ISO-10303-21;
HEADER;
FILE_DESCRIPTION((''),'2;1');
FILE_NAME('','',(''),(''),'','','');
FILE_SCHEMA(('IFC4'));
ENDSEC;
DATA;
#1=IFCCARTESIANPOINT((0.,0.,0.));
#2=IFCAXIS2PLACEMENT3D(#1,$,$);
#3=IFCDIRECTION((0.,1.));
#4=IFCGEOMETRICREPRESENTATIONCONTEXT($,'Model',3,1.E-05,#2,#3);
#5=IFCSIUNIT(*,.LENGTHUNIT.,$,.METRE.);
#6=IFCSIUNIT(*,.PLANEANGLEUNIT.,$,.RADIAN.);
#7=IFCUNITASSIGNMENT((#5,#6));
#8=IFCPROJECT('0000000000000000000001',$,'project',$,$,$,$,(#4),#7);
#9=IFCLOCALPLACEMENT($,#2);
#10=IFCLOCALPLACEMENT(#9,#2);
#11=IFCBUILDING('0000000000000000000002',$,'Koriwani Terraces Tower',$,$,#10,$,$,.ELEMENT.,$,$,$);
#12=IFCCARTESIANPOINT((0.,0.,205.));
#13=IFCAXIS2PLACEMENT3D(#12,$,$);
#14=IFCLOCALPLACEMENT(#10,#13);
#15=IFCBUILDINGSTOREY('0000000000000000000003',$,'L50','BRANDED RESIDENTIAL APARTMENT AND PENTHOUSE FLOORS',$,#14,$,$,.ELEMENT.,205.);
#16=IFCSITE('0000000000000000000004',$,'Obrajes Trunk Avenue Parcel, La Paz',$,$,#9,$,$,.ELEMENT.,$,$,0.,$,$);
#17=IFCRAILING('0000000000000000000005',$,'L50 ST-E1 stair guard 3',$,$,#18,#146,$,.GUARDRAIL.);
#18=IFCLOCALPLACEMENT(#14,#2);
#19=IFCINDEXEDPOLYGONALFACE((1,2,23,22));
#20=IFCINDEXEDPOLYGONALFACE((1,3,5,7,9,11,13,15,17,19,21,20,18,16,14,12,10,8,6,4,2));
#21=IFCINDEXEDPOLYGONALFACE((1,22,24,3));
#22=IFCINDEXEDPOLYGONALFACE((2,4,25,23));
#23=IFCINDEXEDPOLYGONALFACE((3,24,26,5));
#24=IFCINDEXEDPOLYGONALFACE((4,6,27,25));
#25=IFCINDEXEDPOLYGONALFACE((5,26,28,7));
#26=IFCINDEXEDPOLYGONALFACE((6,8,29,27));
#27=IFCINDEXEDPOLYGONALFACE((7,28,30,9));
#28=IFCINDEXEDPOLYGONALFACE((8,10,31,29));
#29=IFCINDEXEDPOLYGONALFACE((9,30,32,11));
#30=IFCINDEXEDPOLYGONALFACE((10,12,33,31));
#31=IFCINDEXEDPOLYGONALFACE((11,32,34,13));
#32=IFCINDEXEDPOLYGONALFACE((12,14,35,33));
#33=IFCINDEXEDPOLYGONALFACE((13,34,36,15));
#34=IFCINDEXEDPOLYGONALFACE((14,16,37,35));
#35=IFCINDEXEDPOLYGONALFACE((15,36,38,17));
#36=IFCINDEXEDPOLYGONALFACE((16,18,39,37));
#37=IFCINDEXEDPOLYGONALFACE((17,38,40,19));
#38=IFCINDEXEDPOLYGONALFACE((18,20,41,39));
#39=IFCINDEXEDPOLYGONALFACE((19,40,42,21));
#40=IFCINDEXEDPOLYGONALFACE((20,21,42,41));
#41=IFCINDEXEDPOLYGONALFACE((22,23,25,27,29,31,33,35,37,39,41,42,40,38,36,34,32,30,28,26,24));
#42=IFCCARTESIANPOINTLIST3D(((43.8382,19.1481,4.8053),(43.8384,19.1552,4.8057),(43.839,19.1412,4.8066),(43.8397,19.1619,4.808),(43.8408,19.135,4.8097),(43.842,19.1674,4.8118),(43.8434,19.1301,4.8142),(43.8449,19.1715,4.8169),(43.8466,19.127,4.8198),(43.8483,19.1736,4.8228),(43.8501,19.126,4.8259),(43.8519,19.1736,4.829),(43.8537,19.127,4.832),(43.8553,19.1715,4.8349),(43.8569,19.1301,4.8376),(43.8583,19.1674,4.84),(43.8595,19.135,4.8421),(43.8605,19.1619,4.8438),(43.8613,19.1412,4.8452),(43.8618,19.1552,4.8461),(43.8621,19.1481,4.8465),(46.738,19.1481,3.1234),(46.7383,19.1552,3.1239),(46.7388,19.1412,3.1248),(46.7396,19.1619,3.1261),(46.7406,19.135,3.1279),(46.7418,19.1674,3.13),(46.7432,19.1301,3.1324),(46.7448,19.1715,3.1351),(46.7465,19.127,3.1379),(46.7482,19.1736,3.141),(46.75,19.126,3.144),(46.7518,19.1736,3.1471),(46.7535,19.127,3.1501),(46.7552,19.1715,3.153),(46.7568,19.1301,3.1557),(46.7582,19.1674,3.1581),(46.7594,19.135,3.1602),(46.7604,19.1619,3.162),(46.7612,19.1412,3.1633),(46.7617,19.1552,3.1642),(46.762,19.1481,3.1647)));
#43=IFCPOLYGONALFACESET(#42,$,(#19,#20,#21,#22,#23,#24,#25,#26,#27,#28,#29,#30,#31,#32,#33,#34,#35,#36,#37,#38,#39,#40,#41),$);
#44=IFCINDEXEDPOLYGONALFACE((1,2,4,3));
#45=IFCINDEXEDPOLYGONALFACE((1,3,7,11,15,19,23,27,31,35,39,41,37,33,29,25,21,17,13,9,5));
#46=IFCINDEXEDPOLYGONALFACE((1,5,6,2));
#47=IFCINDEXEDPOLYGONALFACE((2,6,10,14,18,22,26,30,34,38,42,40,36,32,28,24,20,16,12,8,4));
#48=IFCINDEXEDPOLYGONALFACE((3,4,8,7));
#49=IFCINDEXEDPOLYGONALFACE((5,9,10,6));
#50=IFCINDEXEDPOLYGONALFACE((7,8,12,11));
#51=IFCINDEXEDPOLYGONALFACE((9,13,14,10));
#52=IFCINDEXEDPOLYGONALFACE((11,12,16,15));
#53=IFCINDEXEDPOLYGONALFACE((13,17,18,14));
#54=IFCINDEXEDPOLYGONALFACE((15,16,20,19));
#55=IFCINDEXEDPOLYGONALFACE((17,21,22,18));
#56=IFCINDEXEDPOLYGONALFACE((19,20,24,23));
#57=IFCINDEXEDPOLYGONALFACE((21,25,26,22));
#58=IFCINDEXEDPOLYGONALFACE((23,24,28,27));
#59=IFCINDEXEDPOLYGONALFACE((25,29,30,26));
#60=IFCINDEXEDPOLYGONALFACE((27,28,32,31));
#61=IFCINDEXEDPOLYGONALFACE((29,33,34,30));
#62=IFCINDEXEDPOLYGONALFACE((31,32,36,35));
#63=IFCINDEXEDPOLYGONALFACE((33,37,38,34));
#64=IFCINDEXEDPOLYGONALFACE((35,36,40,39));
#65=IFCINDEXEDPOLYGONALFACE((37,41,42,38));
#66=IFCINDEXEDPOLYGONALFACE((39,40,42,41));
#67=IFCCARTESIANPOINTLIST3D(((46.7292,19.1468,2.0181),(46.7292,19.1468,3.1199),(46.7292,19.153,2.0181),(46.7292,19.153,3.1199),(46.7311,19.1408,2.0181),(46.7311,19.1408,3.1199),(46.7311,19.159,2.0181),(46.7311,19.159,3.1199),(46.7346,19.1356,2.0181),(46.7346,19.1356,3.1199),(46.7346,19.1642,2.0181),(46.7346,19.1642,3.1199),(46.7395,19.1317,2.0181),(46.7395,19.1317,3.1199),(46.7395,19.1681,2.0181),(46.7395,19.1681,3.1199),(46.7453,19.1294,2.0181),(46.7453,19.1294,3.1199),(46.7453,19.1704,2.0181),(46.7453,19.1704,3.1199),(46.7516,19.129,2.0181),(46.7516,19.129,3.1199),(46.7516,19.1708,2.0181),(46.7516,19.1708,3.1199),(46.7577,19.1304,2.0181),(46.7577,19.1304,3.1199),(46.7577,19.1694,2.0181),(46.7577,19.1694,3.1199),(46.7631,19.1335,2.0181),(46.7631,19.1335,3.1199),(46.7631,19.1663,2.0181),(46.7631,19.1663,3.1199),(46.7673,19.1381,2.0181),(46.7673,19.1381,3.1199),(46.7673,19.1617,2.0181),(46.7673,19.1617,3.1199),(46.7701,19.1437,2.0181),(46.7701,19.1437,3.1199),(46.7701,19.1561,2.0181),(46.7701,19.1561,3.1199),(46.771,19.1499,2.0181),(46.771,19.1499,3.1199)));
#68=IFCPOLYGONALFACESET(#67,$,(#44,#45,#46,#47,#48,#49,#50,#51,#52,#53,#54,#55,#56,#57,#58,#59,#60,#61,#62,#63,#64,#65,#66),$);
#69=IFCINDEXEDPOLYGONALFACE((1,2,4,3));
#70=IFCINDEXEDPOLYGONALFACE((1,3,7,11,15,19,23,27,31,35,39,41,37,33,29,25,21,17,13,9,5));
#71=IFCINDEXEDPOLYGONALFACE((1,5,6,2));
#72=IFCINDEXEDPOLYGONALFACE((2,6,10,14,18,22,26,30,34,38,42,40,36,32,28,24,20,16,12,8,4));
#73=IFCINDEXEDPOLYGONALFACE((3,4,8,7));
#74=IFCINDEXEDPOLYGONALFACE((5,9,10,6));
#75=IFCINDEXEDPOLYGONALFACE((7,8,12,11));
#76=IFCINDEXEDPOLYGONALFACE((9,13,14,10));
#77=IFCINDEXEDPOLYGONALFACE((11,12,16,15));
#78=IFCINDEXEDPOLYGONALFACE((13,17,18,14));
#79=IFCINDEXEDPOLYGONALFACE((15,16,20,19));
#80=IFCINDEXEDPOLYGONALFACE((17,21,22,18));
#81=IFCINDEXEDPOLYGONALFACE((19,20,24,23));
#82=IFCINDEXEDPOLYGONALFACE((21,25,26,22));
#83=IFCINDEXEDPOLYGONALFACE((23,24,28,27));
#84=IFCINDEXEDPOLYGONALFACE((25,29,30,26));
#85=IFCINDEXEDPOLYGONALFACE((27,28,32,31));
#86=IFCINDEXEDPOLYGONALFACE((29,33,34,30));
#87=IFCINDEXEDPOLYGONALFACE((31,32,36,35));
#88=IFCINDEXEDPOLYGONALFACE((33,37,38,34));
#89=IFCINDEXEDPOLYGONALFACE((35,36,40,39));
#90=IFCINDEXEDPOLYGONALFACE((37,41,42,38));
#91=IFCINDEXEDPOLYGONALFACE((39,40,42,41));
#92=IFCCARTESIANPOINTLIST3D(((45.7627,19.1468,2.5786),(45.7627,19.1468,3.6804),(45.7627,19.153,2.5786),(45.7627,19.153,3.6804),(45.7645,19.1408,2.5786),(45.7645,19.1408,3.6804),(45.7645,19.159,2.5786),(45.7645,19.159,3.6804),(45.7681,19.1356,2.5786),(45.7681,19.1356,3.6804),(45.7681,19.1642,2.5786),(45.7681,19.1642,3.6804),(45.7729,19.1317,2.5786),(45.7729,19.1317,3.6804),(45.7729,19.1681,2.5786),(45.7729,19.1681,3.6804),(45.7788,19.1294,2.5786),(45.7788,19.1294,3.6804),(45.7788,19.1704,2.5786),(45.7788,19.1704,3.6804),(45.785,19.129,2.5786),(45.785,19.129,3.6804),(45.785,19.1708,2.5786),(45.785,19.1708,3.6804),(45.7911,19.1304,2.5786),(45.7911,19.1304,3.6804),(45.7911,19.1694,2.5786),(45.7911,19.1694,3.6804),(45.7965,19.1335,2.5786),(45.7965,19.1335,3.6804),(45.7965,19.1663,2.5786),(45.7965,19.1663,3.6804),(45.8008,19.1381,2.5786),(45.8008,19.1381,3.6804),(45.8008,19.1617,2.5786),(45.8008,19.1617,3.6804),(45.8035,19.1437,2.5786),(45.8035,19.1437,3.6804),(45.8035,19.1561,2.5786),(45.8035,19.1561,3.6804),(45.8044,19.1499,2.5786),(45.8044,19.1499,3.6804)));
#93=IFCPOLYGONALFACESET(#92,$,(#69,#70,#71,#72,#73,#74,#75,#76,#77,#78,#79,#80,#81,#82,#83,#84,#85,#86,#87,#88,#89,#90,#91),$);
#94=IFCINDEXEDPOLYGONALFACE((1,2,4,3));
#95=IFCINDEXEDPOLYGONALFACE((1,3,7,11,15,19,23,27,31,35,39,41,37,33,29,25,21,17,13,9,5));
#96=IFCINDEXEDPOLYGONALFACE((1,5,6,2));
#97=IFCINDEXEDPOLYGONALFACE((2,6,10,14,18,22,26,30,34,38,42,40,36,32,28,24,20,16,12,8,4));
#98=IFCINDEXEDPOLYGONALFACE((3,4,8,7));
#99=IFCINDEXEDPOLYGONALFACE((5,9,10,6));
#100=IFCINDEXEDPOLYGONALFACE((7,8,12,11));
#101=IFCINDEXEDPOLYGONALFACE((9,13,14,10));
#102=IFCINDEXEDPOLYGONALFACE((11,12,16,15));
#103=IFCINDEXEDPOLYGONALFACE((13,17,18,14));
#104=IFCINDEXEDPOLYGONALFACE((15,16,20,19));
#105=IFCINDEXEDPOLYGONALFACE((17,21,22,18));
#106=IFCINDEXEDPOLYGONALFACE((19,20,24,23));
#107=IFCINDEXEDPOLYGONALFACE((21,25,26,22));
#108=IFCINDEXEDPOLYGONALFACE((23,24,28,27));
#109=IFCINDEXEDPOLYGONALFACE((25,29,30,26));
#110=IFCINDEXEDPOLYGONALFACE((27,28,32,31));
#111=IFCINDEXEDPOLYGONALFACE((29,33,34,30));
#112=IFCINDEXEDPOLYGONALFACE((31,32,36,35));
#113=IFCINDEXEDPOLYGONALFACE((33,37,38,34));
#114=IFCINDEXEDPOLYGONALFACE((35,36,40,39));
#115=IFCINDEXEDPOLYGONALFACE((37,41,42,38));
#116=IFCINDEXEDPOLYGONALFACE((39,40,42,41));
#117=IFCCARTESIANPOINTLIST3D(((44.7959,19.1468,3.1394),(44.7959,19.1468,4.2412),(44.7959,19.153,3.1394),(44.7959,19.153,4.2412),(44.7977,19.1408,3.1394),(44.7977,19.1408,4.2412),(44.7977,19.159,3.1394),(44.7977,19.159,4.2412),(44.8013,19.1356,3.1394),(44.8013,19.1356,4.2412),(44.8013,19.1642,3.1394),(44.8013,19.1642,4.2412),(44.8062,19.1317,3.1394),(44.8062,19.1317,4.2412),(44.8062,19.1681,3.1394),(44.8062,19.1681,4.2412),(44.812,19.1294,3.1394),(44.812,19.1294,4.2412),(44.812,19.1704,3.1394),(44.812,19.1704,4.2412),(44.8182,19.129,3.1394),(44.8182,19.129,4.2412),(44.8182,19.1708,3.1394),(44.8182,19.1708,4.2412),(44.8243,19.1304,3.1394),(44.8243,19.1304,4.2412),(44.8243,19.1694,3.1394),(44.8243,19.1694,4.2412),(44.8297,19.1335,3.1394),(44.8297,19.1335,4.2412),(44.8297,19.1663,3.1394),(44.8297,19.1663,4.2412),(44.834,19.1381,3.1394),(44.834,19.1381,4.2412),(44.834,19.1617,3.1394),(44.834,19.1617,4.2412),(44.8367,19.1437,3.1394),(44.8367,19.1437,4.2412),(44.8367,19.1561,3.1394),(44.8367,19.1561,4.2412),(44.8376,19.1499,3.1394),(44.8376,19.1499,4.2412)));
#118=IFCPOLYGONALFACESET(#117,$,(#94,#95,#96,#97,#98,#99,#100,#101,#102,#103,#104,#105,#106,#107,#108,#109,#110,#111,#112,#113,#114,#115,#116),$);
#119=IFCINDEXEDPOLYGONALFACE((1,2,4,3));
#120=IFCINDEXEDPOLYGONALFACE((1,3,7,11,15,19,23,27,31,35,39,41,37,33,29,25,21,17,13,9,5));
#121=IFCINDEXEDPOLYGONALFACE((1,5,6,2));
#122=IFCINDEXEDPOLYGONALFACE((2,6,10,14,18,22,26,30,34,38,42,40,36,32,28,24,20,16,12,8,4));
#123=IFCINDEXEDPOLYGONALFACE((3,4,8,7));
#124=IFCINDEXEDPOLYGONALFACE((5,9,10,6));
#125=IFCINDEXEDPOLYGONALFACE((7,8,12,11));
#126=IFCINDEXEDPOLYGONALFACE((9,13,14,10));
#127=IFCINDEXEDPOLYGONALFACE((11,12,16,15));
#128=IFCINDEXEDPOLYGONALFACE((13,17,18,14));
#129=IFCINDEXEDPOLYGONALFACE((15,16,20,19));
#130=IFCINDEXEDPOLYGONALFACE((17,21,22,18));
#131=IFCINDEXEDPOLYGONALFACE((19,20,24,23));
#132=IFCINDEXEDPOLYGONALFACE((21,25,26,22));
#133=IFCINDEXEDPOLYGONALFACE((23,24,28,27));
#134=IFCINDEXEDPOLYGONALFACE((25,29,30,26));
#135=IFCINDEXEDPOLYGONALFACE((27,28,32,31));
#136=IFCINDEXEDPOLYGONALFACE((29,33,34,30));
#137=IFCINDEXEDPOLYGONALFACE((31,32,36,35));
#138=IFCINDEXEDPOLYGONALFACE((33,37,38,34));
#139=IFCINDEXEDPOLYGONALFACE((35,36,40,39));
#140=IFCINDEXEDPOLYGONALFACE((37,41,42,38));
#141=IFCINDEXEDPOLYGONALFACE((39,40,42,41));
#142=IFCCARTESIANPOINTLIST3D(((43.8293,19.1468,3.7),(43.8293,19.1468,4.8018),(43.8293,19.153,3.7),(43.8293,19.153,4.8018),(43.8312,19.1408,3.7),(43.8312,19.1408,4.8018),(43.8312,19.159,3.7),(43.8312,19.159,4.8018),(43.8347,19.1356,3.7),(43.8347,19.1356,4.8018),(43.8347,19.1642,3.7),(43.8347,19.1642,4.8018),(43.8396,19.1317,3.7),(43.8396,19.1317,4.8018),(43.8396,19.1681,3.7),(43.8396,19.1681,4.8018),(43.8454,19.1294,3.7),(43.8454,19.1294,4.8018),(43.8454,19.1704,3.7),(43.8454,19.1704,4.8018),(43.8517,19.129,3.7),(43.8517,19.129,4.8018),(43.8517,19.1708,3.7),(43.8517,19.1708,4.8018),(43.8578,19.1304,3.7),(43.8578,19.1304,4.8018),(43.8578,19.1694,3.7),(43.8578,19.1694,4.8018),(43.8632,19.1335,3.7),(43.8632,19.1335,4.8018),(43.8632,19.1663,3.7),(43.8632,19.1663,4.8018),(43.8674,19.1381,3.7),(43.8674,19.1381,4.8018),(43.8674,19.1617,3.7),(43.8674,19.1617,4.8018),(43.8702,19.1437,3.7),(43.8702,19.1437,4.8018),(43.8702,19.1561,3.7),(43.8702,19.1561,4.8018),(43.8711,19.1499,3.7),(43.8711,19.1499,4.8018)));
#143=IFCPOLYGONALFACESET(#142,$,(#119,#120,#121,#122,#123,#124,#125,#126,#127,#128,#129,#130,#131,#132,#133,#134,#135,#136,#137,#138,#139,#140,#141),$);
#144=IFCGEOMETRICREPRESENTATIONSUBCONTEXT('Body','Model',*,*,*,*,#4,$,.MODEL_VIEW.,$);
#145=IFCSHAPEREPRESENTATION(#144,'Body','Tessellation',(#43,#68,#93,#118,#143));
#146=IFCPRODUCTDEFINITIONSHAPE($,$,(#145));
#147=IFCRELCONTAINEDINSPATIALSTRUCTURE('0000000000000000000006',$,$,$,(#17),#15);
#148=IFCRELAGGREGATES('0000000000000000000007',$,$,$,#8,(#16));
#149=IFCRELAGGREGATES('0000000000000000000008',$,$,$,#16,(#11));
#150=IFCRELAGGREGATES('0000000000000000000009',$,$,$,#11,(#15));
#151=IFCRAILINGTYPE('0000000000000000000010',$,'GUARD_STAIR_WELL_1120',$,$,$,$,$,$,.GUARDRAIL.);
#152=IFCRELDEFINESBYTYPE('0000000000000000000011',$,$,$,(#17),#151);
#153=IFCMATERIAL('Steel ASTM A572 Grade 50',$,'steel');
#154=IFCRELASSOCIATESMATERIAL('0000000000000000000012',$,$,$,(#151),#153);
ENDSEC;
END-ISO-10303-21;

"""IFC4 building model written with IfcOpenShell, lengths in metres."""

from ifc_helpers import new_model, si_unit, direction, frame, origin, origin_2d, place, context, subcontext, project, spatial, circle, extrude, material, type_object, element, save


model = new_model("IFC4")

# Units and contexts
model_context = context("Model", 3, precision=1e-05, world=origin(), true_north=direction((0.0, 1.0)))
body_context = subcontext(model_context, "Body", "Model", "MODEL_VIEW")
ifc_project = project(units=[si_unit("LENGTHUNIT", "METRE"), si_unit("PLANEANGLEUNIT", "RADIAN")], contexts=[model_context])

# Site, building, storey
site_placement = place(None, origin())
site = spatial("IfcSite", under=ifc_project, at=site_placement, Name="Obrajes Trunk Avenue Parcel, La Paz", CompositionType="ELEMENT", RefElevation=0.0)
building_placement = place(site_placement, origin())
building = spatial("IfcBuilding", under=site, at=building_placement, Name="Koriwani Terraces Tower", CompositionType="ELEMENT")
storey_placement = place(building_placement, frame((0.0, 0.0, 205.0)))
storey = spatial("IfcBuildingStorey", under=building, at=storey_placement, Name="L50", Description="BRANDED RESIDENTIAL APARTMENT AND PENTHOUSE FLOORS", CompositionType="ELEMENT", Elevation=205.0)

# Shared definitions
ifc_material_1 = material(Name="Steel ASTM A572 Grade 50", Category="steel")

# Railing
railing_type_1 = type_object("IfcRailingType", Name="GUARD_STAIR_WELL_1120", PredefinedType="GUARDRAIL", material=ifc_material_1)
railing_1_placement = place(storey_placement, frame((46.75, 19.1499, 2.0181)))
element("IfcRailing", 1, at=railing_1_placement, inside=storey, type_object=railing_type_1, Name="L50 ST-E1 stair guard 3", PredefinedType="GUARDRAIL", context=body_context, shape_type="SweptSolid", body=[
    extrude(circle(Radius=0.0239, at=origin_2d()), frame((0.0, 0.0, 1.126), z_axis=(-0.865039, 0.0, 0.501705), x_axis=(0.0, -1.0, 0.0)), (0.0, 0.0, 1.0), 3.3523),
    extrude(circle(Radius=0.021, at=origin_2d()), origin(), (0.0, 0.0, 1.0), 1.1018),
    extrude(circle(Radius=0.021, at=origin_2d()), frame((-0.9666, 0.0, 0.5605)), (0.0, 0.0, 1.0), 1.1018),
    extrude(circle(Radius=0.021, at=origin_2d()), frame((-1.9333, 0.0, 1.1213)), (0.0, 0.0, 1.0), 1.1018),
    extrude(circle(Radius=0.021, at=origin_2d()), frame((-2.8999, 0.0, 1.6819)), (0.0, 0.0, 1.0), 1.1018),
])

save(model, "model.ifc")
